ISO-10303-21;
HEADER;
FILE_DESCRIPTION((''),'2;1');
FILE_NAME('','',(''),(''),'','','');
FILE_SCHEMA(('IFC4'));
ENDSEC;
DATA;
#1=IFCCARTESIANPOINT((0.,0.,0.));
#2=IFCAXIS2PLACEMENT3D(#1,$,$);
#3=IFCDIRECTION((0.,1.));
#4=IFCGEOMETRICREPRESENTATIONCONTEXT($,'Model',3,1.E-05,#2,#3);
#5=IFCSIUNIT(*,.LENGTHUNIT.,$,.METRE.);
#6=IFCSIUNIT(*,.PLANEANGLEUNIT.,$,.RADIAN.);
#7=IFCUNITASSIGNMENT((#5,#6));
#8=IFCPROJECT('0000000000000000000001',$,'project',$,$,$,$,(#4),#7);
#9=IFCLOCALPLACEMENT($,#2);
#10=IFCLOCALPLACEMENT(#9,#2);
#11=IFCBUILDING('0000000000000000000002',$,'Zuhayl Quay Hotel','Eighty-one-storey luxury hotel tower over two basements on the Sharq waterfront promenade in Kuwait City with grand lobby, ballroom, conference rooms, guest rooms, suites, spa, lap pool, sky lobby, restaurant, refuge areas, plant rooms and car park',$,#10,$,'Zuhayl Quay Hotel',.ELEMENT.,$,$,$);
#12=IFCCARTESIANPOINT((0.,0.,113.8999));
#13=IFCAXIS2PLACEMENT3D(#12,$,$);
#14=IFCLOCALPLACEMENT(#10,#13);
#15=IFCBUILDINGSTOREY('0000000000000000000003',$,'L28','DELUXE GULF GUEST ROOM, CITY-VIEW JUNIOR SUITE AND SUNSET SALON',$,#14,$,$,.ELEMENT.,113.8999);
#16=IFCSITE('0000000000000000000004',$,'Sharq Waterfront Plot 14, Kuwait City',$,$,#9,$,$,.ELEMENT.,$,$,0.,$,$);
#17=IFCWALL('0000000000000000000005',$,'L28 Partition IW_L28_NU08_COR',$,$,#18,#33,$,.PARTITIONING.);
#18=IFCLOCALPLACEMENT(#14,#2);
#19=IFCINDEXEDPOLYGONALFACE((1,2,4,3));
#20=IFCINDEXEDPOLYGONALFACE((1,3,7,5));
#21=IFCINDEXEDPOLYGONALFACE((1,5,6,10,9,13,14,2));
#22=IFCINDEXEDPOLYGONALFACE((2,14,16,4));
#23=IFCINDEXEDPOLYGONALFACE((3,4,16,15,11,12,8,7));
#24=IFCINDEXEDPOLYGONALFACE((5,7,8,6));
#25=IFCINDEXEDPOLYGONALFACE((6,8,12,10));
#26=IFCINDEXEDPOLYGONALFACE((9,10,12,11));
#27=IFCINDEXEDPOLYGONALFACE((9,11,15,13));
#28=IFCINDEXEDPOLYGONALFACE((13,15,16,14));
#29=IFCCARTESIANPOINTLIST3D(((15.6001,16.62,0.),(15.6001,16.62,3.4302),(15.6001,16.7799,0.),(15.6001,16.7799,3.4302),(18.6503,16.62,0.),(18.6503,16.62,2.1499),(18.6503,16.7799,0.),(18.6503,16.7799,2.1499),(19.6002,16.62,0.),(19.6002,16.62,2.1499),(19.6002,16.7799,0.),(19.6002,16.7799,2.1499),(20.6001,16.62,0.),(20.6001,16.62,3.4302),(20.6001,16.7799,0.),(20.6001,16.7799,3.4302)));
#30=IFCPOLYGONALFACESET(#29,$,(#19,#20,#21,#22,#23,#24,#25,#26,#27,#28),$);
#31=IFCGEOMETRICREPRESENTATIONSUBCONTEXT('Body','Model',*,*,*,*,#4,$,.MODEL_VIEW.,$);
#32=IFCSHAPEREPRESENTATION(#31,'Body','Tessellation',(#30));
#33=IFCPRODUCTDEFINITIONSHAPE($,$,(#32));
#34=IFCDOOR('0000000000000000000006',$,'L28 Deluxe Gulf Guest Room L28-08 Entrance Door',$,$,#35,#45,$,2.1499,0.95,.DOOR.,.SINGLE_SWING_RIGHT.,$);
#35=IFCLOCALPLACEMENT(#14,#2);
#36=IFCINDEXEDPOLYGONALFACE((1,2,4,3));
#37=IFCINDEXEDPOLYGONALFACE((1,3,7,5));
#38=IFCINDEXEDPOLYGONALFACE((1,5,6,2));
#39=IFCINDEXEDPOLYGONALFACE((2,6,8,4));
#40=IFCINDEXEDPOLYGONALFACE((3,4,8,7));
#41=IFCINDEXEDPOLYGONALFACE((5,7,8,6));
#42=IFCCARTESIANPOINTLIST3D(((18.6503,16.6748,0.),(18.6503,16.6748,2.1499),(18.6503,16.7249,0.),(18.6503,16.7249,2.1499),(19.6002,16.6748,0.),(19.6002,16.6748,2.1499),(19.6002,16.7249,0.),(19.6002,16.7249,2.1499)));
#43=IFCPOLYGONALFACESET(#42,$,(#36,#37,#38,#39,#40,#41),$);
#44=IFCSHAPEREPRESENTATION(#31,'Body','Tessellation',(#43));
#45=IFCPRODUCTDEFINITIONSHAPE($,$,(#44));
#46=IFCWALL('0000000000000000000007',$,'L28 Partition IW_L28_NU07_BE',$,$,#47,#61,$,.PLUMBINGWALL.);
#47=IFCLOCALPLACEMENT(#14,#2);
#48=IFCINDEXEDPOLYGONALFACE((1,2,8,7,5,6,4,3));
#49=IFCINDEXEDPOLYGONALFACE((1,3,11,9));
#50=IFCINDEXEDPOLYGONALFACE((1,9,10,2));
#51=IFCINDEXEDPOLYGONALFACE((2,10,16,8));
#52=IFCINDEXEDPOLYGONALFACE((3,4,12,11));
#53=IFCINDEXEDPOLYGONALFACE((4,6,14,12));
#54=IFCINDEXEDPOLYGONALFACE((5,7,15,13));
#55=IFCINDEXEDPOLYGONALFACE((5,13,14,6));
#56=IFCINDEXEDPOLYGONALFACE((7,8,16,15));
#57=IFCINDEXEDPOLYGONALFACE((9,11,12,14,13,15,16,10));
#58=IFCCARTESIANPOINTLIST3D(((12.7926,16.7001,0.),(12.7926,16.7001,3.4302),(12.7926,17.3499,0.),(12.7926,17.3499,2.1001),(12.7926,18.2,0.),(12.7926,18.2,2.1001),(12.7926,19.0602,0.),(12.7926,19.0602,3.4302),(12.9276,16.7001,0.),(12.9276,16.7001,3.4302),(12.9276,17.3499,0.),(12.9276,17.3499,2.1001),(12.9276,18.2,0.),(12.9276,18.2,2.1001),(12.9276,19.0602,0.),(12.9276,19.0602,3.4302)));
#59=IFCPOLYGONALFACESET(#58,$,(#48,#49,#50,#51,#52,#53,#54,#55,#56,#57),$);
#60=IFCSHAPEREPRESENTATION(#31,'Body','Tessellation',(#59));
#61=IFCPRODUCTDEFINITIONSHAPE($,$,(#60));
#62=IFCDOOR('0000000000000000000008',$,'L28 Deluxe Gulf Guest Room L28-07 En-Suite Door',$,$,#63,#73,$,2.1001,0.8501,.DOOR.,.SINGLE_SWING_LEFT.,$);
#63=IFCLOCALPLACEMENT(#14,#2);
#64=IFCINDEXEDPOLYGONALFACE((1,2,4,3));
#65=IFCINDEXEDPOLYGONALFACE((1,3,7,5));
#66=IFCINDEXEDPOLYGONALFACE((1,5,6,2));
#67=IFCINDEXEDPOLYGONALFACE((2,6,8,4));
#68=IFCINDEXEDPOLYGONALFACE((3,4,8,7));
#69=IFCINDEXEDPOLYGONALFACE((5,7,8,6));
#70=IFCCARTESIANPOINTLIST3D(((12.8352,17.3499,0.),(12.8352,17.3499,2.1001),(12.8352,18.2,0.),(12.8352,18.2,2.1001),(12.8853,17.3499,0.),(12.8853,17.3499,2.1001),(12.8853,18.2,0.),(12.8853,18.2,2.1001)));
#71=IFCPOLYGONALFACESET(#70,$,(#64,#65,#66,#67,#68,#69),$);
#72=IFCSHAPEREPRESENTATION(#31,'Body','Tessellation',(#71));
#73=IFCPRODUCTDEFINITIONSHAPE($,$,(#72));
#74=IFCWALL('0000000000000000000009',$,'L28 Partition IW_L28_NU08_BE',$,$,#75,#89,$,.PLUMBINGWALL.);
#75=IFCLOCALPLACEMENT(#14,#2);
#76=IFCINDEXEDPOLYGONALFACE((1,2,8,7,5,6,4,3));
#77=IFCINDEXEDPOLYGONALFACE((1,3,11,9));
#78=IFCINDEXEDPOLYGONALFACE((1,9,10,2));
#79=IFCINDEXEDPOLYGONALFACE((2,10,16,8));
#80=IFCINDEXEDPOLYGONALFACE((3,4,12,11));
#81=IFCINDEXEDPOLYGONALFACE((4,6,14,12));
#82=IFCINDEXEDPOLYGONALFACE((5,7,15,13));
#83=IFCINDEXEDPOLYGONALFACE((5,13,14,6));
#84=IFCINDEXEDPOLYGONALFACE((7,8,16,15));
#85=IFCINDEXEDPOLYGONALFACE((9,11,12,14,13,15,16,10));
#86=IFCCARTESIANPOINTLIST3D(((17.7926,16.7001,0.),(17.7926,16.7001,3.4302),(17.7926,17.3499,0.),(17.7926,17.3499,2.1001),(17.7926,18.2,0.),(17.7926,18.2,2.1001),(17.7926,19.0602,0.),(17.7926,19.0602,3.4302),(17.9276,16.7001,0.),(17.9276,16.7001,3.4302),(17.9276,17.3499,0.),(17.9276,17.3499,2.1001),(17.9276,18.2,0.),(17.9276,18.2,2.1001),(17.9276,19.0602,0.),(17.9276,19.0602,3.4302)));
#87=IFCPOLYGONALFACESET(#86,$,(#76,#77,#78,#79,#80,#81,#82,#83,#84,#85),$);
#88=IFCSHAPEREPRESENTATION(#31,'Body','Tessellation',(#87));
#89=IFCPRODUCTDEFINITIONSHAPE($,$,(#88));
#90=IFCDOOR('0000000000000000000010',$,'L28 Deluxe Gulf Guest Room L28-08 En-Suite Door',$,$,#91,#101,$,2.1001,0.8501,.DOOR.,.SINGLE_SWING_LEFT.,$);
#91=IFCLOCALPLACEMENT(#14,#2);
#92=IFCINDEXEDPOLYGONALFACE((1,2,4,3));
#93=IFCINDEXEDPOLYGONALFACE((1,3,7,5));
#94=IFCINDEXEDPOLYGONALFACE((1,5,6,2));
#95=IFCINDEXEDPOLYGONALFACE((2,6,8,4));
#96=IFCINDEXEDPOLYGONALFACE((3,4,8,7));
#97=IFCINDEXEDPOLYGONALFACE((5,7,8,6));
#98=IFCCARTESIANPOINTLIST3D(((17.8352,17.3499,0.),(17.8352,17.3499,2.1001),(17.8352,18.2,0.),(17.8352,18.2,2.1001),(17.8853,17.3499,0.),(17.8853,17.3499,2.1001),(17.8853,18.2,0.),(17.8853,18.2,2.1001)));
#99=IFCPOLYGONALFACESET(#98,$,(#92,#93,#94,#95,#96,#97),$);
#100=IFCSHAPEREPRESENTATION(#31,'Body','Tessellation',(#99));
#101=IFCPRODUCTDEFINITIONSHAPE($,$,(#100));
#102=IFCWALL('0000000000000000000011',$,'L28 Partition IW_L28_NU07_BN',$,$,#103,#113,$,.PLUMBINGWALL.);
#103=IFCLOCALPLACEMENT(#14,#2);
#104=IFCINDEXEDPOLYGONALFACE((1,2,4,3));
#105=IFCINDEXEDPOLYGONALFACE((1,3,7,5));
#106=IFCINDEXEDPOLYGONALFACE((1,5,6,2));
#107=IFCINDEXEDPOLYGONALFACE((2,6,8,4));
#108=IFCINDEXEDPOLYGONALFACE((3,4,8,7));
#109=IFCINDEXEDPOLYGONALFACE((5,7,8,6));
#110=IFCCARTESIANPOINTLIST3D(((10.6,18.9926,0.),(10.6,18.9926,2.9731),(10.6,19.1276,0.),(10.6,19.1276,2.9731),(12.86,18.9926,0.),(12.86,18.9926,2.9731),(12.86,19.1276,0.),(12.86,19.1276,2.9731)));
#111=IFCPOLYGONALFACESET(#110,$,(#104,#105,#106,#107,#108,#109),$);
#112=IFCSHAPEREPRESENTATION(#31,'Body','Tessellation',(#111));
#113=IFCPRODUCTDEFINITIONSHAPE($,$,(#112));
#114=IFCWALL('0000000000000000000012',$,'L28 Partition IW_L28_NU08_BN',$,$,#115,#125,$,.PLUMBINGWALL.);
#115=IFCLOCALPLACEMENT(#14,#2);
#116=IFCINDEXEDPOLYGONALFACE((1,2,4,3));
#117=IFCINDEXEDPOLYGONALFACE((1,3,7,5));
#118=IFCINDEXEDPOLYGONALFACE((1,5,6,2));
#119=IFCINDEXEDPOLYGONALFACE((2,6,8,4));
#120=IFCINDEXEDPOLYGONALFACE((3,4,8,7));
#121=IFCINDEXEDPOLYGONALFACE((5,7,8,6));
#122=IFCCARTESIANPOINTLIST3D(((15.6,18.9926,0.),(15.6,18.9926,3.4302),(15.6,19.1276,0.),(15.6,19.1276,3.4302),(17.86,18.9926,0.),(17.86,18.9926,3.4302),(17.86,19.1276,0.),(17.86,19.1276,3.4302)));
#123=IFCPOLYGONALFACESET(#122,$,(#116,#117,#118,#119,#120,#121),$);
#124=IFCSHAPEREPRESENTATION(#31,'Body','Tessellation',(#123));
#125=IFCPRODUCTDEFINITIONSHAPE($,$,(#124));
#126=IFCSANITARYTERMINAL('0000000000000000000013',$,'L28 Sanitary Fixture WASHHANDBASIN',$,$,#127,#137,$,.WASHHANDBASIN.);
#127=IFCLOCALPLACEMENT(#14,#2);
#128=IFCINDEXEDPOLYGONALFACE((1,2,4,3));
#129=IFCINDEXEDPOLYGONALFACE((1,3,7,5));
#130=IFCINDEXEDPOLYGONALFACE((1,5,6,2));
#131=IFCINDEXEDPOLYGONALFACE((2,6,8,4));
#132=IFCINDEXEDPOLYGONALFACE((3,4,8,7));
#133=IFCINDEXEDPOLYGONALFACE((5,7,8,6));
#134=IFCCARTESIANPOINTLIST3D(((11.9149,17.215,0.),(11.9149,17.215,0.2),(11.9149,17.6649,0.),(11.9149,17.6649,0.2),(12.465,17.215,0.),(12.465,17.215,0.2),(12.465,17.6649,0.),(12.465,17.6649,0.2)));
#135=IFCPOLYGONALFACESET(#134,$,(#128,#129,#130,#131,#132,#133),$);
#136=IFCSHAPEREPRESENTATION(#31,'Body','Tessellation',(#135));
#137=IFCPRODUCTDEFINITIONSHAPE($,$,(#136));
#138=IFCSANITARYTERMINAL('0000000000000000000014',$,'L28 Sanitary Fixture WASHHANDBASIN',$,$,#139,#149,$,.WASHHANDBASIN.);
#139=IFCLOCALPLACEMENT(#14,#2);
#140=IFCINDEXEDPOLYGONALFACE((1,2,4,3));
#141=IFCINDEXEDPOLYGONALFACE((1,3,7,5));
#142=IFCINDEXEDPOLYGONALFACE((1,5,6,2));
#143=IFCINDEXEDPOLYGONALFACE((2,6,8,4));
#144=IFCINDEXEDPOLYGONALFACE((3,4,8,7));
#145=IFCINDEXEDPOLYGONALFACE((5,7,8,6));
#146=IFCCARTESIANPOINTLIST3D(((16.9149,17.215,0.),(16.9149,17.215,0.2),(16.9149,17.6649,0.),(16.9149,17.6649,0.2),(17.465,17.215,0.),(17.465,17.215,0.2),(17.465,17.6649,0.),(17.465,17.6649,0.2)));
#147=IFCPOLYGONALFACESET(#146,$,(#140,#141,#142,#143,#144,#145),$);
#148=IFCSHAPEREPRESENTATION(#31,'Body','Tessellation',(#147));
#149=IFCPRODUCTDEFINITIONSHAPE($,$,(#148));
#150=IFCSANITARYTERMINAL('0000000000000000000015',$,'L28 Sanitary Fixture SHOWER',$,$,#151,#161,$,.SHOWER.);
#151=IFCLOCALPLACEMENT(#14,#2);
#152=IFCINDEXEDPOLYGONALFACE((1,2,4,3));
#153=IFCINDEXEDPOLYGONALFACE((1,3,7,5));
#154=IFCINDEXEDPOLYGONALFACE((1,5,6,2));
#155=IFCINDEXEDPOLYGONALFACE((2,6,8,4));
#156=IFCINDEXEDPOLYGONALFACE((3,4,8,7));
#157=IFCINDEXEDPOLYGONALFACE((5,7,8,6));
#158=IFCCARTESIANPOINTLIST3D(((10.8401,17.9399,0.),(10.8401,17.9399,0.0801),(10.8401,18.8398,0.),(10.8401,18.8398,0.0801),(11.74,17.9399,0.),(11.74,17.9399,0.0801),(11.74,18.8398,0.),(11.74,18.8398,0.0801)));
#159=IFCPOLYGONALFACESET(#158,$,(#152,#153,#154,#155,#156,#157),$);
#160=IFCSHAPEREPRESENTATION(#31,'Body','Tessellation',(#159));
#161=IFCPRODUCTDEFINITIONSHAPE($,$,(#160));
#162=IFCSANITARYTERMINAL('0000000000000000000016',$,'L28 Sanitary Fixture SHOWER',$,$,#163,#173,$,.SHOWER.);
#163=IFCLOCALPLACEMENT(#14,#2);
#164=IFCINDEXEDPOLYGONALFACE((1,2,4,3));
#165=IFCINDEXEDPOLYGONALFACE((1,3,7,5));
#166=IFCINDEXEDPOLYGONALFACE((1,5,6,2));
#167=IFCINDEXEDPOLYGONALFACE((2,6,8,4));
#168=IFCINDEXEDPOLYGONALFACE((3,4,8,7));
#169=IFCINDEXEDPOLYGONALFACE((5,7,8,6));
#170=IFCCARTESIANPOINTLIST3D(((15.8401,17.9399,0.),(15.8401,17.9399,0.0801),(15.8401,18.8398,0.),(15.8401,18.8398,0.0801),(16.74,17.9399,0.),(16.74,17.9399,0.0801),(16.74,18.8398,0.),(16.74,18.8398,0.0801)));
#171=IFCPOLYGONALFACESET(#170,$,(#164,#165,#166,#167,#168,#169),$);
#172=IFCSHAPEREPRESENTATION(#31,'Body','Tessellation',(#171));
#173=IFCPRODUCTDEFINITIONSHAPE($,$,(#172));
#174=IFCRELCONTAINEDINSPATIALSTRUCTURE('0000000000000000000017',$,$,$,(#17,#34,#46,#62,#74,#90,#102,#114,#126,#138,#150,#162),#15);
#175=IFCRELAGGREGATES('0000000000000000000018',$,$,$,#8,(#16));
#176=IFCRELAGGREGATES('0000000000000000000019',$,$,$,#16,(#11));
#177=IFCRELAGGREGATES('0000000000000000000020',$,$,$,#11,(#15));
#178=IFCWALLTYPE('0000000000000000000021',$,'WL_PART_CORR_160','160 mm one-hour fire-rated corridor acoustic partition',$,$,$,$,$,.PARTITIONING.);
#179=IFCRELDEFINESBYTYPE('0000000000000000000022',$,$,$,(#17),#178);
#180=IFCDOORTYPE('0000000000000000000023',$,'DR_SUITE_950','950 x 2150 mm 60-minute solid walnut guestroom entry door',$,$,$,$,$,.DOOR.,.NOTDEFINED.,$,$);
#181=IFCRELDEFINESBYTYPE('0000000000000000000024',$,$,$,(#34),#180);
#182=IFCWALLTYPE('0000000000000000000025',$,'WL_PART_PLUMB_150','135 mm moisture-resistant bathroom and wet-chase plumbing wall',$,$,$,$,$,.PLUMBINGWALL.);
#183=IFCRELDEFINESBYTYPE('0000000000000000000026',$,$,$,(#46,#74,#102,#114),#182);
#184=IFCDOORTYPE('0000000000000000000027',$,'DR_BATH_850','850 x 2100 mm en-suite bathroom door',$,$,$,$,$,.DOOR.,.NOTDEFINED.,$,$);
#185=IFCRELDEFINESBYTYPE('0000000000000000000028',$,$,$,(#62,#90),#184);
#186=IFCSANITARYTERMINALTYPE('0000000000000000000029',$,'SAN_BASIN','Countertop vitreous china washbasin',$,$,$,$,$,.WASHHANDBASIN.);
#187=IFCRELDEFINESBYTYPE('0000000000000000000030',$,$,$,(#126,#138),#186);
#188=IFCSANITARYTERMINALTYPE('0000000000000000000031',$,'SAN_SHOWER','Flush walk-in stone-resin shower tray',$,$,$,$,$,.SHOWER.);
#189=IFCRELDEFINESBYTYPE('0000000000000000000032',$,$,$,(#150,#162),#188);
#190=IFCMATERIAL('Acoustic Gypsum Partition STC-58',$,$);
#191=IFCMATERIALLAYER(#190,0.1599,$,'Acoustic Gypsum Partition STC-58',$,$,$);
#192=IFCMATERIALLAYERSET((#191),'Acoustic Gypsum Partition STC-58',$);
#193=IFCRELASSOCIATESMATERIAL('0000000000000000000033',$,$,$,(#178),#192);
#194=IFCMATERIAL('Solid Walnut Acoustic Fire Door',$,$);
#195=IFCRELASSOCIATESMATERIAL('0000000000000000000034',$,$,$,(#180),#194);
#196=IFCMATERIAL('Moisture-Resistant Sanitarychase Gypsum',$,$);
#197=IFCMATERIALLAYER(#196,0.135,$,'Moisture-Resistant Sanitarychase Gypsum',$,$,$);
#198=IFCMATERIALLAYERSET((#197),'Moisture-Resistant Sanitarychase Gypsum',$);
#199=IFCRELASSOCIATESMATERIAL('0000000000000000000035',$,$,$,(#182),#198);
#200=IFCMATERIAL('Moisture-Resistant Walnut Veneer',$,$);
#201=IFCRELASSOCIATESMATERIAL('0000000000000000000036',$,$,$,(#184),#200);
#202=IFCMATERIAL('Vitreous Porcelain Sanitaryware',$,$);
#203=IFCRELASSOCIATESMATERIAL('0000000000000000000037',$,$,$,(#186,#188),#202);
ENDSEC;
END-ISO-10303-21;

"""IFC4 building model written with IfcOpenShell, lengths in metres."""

from ifc_helpers import new_model, si_unit, direction, frame, frame_2d, origin, origin_2d, place, context, subcontext, project, spatial, rectangle, extrude, material, layer, layer_set, type_object, element, fill, save


model = new_model("IFC4")

# Units and contexts
model_context = context("Model", 3, precision=1e-05, world=origin(), true_north=direction((0.0, 1.0)))
body_context = subcontext(model_context, "Body", "Model", "MODEL_VIEW")
ifc_project = project(units=[si_unit("LENGTHUNIT", "METRE"), si_unit("PLANEANGLEUNIT", "RADIAN")], contexts=[model_context])

# Site, building, storey
site_placement = place(None, origin())
site = spatial("IfcSite", under=ifc_project, at=site_placement, Name="Sharq Waterfront Plot 14, Kuwait City", CompositionType="ELEMENT", RefElevation=0.0)
building_placement = place(site_placement, origin())
building = spatial("IfcBuilding", under=site, at=building_placement, Name="Zuhayl Quay Hotel", Description="Eighty-one-storey luxury hotel tower over two basements on the Sharq waterfront promenade in Kuwait City with grand lobby, ballroom, conference rooms, guest rooms, suites, spa, lap pool, sky lobby, restaurant, refuge areas, plant rooms and car park", LongName="Zuhayl Quay Hotel", CompositionType="ELEMENT")
storey_placement = place(building_placement, frame((0.0, 0.0, 113.8999)))
storey = spatial("IfcBuildingStorey", under=building, at=storey_placement, Name="L28", Description="DELUXE GULF GUEST ROOM, CITY-VIEW JUNIOR SUITE AND SUNSET SALON", CompositionType="ELEMENT", Elevation=113.8999)

# Shared definitions
ifc_material_1 = material(Name="Acoustic Gypsum Partition STC-58")

# Walls, openings, doors
ifc_layer_1 = layer(ifc_material_1, 0.1599, Name="Acoustic Gypsum Partition STC-58")
ifc_layer_set_1 = layer_set([ifc_layer_1], Name="Acoustic Gypsum Partition STC-58")
wall_type_1 = type_object("IfcWallType", Name="WL_PART_CORR_160", Description="160 mm one-hour fire-rated corridor acoustic partition", PredefinedType="PARTITIONING", material=ifc_layer_set_1)
wall_1_placement = place(storey_placement, frame((15.6001, 16.7, 0.0), z_axis=(0.0, 0.0, 1.0), x_axis=(1.0, 0.0, 0.0)))
wall_1 = element("IfcWall", 1, at=wall_1_placement, inside=storey, type_object=wall_type_1, Name="L28 Partition IW_L28_NU08_COR", PredefinedType="PARTITIONING", context=body_context, shape_type="SweptSolid", body=[
    extrude(rectangle(XDim=5.0, YDim=0.1599, at=frame_2d((2.5, 0.0))), origin(), (0.0, 0.0, 1.0), 3.4302),
])
opening_1_placement = place(wall_1_placement, frame((3.05, 0.0, 0.0)))
opening_1 = element("IfcOpeningElement", 2, at=opening_1_placement, cuts=wall_1, PredefinedType="OPENING", context=body_context, shape_type="SweptSolid", body=[
    extrude(rectangle(XDim=0.95, YDim=2.1499, at=frame_2d((0.4751, 1.075))), frame((0.0, 0.0898, 0.0), z_axis=(0.0, -1.0, 0.0), x_axis=(1.0, 0.0, 0.0)), (0.0, 0.0, 1.0), 0.1799),
])
ifc_material_2 = material(Name="Solid Walnut Acoustic Fire Door")
door_type_1 = type_object("IfcDoorType", Name="DR_SUITE_950", Description="950 x 2150 mm 60-minute solid walnut guestroom entry door", OperationType="NOTDEFINED", PredefinedType="DOOR", material=ifc_material_2)
door_1_placement = place(opening_1_placement, origin())
door_1 = element("IfcDoor", 3, at=door_1_placement, inside=storey, type_object=door_type_1, Name="L28 Deluxe Gulf Guest Room L28-08 Entrance Door", OperationType="SINGLE_SWING_RIGHT", OverallHeight=2.1499, OverallWidth=0.95, PredefinedType="DOOR", context=body_context, shape_type="SweptSolid", body=[
    extrude(rectangle(XDim=0.95, YDim=2.1499, at=frame_2d((0.4751, 1.075))), frame((0.0, 0.0249, 0.0), z_axis=(0.0, -1.0, 0.0), x_axis=(1.0, 0.0, 0.0)), (0.0, 0.0, 1.0), 0.05),
])
fill(opening_1, door_1)
ifc_material_3 = material(Name="Moisture-Resistant Sanitarychase Gypsum")
ifc_layer_2 = layer(ifc_material_3, 0.135, Name="Moisture-Resistant Sanitarychase Gypsum")
ifc_layer_set_2 = layer_set([ifc_layer_2], Name="Moisture-Resistant Sanitarychase Gypsum")
wall_type_2 = type_object("IfcWallType", Name="WL_PART_PLUMB_150", Description="135 mm moisture-resistant bathroom and wet-chase plumbing wall", PredefinedType="PLUMBINGWALL", material=ifc_layer_set_2)
wall_2_placement = place(storey_placement, frame((12.8601, 16.7, 0.0), z_axis=(0.0, 0.0, 1.0), x_axis=(0.0, 1.0, 0.0)))
wall_2 = element("IfcWall", 4, at=wall_2_placement, inside=storey, type_object=wall_type_2, Name="L28 Partition IW_L28_NU07_BE", PredefinedType="PLUMBINGWALL", context=body_context, shape_type="SweptSolid", body=[
    extrude(rectangle(XDim=2.3601, YDim=0.135, at=frame_2d((1.1802, 0.0))), origin(), (0.0, 0.0, 1.0), 3.4302),
])
opening_2_placement = place(wall_2_placement, frame((0.6499, 0.0, 0.0)))
opening_2 = element("IfcOpeningElement", 5, at=opening_2_placement, cuts=wall_2, PredefinedType="OPENING", context=body_context, shape_type="SweptSolid", body=[
    extrude(rectangle(XDim=0.8501, YDim=2.1001, at=frame_2d((0.425, 1.05))), frame((0.0, 0.0774, 0.0), z_axis=(0.0, -1.0, 0.0), x_axis=(1.0, 0.0, 0.0)), (0.0, 0.0, 1.0), 0.155),
])
ifc_material_4 = material(Name="Moisture-Resistant Walnut Veneer")
door_type_2 = type_object("IfcDoorType", Name="DR_BATH_850", Description="850 x 2100 mm en-suite bathroom door", OperationType="NOTDEFINED", PredefinedType="DOOR", material=ifc_material_4)
door_2_placement = place(opening_2_placement, origin())
door_2 = element("IfcDoor", 6, at=door_2_placement, inside=storey, type_object=door_type_2, Name="L28 Deluxe Gulf Guest Room L28-07 En-Suite Door", OperationType="SINGLE_SWING_LEFT", OverallHeight=2.1001, OverallWidth=0.8501, PredefinedType="DOOR", context=body_context, shape_type="SweptSolid", body=[
    extrude(rectangle(XDim=0.8501, YDim=2.1001, at=frame_2d((0.425, 1.05))), frame((0.0, 0.0249, 0.0), z_axis=(0.0, -1.0, 0.0), x_axis=(1.0, 0.0, 0.0)), (0.0, 0.0, 1.0), 0.05),
])
fill(opening_2, door_2)
wall_3_placement = place(storey_placement, frame((17.8601, 16.7, 0.0), z_axis=(0.0, 0.0, 1.0), x_axis=(0.0, 1.0, 0.0)))
wall_3 = element("IfcWall", 7, at=wall_3_placement, inside=storey, type_object=wall_type_2, Name="L28 Partition IW_L28_NU08_BE", PredefinedType="PLUMBINGWALL", context=body_context, shape_type="SweptSolid", body=[
    extrude(rectangle(XDim=2.3601, YDim=0.135, at=frame_2d((1.1802, 0.0))), origin(), (0.0, 0.0, 1.0), 3.4302),
])
opening_3_placement = place(wall_3_placement, frame((0.6499, 0.0, 0.0)))
opening_3 = element("IfcOpeningElement", 8, at=opening_3_placement, cuts=wall_3, PredefinedType="OPENING", context=body_context, shape_type="SweptSolid", body=[
    extrude(rectangle(XDim=0.8501, YDim=2.1001, at=frame_2d((0.425, 1.05))), frame((0.0, 0.0774, 0.0), z_axis=(0.0, -1.0, 0.0), x_axis=(1.0, 0.0, 0.0)), (0.0, 0.0, 1.0), 0.155),
])
door_3_placement = place(opening_3_placement, origin())
door_3 = element("IfcDoor", 9, at=door_3_placement, inside=storey, type_object=door_type_2, Name="L28 Deluxe Gulf Guest Room L28-08 En-Suite Door", OperationType="SINGLE_SWING_LEFT", OverallHeight=2.1001, OverallWidth=0.8501, PredefinedType="DOOR", context=body_context, shape_type="SweptSolid", body=[
    extrude(rectangle(XDim=0.8501, YDim=2.1001, at=frame_2d((0.425, 1.05))), frame((0.0, 0.0249, 0.0), z_axis=(0.0, -1.0, 0.0), x_axis=(1.0, 0.0, 0.0)), (0.0, 0.0, 1.0), 0.05),
])
fill(opening_3, door_3)

# Walls
wall_4_placement = place(storey_placement, frame((10.6001, 19.0601, 0.0), z_axis=(0.0, 0.0, 1.0), x_axis=(1.0, 0.0, 0.0)))
element("IfcWall", 10, at=wall_4_placement, inside=storey, type_object=wall_type_2, Name="L28 Partition IW_L28_NU07_BN", PredefinedType="PLUMBINGWALL", context=body_context, shape_type="SweptSolid", body=[
    extrude(rectangle(XDim=2.26, YDim=0.135, at=frame_2d((1.1299, 0.0))), origin(), (0.0, 0.0, 1.0), 2.9731),
])
wall_5_placement = place(storey_placement, frame((15.6001, 19.0601, 0.0), z_axis=(0.0, 0.0, 1.0), x_axis=(1.0, 0.0, 0.0)))
element("IfcWall", 11, at=wall_5_placement, inside=storey, type_object=wall_type_2, Name="L28 Partition IW_L28_NU08_BN", PredefinedType="PLUMBINGWALL", context=body_context, shape_type="SweptSolid", body=[
    extrude(rectangle(XDim=2.26, YDim=0.135, at=frame_2d((1.1299, 0.0))), origin(), (0.0, 0.0, 1.0), 3.4302),
])

# Sanitary terminals
ifc_material_5 = material(Name="Vitreous Porcelain Sanitaryware")
sanitary_terminal_type_1 = type_object("IfcSanitaryTerminalType", Name="SAN_BASIN", Description="Countertop vitreous china washbasin", PredefinedType="WASHHANDBASIN", material=ifc_material_5)
for number, where, z_axis, x_axis, name in (
    (12, (12.1899, 17.4399, 0.0), (0.0, 0.0, 1.0), (1.0, 0.0, 0.0), "L28 Sanitary Fixture WASHHANDBASIN"),
    (13, (17.1899, 17.4399, 0.0), (0.0, 0.0, 1.0), (1.0, 0.0, 0.0), "L28 Sanitary Fixture WASHHANDBASIN"),
):
    element("IfcSanitaryTerminal", number, at=place(storey_placement, frame(where, z_axis=z_axis, x_axis=x_axis)), inside=storey, type_object=sanitary_terminal_type_1, Name=name, PredefinedType="WASHHANDBASIN", context=body_context, shape_type="SweptSolid", body=[
        extrude(rectangle(XDim=0.55, YDim=0.45, at=origin_2d()), origin(), (0.0, 0.0, 1.0), 0.2),
    ])
sanitary_terminal_type_2 = type_object("IfcSanitaryTerminalType", Name="SAN_SHOWER", Description="Flush walk-in stone-resin shower tray", PredefinedType="SHOWER", material=ifc_material_5)
for number, where, z_axis, x_axis, name in (
    (14, (11.29, 18.3899, 0.0), (0.0, 0.0, 1.0), (1.0, 0.0, 0.0), "L28 Sanitary Fixture SHOWER"),
    (15, (16.29, 18.3899, 0.0), (0.0, 0.0, 1.0), (1.0, 0.0, 0.0), "L28 Sanitary Fixture SHOWER"),
):
    element("IfcSanitaryTerminal", number, at=place(storey_placement, frame(where, z_axis=z_axis, x_axis=x_axis)), inside=storey, type_object=sanitary_terminal_type_2, Name=name, PredefinedType="SHOWER", context=body_context, shape_type="SweptSolid", body=[
        extrude(rectangle(XDim=0.8999, YDim=0.8999, at=origin_2d()), origin(), (0.0, 0.0, 1.0), 0.0801),
    ])

save(model, "model.ifc")
